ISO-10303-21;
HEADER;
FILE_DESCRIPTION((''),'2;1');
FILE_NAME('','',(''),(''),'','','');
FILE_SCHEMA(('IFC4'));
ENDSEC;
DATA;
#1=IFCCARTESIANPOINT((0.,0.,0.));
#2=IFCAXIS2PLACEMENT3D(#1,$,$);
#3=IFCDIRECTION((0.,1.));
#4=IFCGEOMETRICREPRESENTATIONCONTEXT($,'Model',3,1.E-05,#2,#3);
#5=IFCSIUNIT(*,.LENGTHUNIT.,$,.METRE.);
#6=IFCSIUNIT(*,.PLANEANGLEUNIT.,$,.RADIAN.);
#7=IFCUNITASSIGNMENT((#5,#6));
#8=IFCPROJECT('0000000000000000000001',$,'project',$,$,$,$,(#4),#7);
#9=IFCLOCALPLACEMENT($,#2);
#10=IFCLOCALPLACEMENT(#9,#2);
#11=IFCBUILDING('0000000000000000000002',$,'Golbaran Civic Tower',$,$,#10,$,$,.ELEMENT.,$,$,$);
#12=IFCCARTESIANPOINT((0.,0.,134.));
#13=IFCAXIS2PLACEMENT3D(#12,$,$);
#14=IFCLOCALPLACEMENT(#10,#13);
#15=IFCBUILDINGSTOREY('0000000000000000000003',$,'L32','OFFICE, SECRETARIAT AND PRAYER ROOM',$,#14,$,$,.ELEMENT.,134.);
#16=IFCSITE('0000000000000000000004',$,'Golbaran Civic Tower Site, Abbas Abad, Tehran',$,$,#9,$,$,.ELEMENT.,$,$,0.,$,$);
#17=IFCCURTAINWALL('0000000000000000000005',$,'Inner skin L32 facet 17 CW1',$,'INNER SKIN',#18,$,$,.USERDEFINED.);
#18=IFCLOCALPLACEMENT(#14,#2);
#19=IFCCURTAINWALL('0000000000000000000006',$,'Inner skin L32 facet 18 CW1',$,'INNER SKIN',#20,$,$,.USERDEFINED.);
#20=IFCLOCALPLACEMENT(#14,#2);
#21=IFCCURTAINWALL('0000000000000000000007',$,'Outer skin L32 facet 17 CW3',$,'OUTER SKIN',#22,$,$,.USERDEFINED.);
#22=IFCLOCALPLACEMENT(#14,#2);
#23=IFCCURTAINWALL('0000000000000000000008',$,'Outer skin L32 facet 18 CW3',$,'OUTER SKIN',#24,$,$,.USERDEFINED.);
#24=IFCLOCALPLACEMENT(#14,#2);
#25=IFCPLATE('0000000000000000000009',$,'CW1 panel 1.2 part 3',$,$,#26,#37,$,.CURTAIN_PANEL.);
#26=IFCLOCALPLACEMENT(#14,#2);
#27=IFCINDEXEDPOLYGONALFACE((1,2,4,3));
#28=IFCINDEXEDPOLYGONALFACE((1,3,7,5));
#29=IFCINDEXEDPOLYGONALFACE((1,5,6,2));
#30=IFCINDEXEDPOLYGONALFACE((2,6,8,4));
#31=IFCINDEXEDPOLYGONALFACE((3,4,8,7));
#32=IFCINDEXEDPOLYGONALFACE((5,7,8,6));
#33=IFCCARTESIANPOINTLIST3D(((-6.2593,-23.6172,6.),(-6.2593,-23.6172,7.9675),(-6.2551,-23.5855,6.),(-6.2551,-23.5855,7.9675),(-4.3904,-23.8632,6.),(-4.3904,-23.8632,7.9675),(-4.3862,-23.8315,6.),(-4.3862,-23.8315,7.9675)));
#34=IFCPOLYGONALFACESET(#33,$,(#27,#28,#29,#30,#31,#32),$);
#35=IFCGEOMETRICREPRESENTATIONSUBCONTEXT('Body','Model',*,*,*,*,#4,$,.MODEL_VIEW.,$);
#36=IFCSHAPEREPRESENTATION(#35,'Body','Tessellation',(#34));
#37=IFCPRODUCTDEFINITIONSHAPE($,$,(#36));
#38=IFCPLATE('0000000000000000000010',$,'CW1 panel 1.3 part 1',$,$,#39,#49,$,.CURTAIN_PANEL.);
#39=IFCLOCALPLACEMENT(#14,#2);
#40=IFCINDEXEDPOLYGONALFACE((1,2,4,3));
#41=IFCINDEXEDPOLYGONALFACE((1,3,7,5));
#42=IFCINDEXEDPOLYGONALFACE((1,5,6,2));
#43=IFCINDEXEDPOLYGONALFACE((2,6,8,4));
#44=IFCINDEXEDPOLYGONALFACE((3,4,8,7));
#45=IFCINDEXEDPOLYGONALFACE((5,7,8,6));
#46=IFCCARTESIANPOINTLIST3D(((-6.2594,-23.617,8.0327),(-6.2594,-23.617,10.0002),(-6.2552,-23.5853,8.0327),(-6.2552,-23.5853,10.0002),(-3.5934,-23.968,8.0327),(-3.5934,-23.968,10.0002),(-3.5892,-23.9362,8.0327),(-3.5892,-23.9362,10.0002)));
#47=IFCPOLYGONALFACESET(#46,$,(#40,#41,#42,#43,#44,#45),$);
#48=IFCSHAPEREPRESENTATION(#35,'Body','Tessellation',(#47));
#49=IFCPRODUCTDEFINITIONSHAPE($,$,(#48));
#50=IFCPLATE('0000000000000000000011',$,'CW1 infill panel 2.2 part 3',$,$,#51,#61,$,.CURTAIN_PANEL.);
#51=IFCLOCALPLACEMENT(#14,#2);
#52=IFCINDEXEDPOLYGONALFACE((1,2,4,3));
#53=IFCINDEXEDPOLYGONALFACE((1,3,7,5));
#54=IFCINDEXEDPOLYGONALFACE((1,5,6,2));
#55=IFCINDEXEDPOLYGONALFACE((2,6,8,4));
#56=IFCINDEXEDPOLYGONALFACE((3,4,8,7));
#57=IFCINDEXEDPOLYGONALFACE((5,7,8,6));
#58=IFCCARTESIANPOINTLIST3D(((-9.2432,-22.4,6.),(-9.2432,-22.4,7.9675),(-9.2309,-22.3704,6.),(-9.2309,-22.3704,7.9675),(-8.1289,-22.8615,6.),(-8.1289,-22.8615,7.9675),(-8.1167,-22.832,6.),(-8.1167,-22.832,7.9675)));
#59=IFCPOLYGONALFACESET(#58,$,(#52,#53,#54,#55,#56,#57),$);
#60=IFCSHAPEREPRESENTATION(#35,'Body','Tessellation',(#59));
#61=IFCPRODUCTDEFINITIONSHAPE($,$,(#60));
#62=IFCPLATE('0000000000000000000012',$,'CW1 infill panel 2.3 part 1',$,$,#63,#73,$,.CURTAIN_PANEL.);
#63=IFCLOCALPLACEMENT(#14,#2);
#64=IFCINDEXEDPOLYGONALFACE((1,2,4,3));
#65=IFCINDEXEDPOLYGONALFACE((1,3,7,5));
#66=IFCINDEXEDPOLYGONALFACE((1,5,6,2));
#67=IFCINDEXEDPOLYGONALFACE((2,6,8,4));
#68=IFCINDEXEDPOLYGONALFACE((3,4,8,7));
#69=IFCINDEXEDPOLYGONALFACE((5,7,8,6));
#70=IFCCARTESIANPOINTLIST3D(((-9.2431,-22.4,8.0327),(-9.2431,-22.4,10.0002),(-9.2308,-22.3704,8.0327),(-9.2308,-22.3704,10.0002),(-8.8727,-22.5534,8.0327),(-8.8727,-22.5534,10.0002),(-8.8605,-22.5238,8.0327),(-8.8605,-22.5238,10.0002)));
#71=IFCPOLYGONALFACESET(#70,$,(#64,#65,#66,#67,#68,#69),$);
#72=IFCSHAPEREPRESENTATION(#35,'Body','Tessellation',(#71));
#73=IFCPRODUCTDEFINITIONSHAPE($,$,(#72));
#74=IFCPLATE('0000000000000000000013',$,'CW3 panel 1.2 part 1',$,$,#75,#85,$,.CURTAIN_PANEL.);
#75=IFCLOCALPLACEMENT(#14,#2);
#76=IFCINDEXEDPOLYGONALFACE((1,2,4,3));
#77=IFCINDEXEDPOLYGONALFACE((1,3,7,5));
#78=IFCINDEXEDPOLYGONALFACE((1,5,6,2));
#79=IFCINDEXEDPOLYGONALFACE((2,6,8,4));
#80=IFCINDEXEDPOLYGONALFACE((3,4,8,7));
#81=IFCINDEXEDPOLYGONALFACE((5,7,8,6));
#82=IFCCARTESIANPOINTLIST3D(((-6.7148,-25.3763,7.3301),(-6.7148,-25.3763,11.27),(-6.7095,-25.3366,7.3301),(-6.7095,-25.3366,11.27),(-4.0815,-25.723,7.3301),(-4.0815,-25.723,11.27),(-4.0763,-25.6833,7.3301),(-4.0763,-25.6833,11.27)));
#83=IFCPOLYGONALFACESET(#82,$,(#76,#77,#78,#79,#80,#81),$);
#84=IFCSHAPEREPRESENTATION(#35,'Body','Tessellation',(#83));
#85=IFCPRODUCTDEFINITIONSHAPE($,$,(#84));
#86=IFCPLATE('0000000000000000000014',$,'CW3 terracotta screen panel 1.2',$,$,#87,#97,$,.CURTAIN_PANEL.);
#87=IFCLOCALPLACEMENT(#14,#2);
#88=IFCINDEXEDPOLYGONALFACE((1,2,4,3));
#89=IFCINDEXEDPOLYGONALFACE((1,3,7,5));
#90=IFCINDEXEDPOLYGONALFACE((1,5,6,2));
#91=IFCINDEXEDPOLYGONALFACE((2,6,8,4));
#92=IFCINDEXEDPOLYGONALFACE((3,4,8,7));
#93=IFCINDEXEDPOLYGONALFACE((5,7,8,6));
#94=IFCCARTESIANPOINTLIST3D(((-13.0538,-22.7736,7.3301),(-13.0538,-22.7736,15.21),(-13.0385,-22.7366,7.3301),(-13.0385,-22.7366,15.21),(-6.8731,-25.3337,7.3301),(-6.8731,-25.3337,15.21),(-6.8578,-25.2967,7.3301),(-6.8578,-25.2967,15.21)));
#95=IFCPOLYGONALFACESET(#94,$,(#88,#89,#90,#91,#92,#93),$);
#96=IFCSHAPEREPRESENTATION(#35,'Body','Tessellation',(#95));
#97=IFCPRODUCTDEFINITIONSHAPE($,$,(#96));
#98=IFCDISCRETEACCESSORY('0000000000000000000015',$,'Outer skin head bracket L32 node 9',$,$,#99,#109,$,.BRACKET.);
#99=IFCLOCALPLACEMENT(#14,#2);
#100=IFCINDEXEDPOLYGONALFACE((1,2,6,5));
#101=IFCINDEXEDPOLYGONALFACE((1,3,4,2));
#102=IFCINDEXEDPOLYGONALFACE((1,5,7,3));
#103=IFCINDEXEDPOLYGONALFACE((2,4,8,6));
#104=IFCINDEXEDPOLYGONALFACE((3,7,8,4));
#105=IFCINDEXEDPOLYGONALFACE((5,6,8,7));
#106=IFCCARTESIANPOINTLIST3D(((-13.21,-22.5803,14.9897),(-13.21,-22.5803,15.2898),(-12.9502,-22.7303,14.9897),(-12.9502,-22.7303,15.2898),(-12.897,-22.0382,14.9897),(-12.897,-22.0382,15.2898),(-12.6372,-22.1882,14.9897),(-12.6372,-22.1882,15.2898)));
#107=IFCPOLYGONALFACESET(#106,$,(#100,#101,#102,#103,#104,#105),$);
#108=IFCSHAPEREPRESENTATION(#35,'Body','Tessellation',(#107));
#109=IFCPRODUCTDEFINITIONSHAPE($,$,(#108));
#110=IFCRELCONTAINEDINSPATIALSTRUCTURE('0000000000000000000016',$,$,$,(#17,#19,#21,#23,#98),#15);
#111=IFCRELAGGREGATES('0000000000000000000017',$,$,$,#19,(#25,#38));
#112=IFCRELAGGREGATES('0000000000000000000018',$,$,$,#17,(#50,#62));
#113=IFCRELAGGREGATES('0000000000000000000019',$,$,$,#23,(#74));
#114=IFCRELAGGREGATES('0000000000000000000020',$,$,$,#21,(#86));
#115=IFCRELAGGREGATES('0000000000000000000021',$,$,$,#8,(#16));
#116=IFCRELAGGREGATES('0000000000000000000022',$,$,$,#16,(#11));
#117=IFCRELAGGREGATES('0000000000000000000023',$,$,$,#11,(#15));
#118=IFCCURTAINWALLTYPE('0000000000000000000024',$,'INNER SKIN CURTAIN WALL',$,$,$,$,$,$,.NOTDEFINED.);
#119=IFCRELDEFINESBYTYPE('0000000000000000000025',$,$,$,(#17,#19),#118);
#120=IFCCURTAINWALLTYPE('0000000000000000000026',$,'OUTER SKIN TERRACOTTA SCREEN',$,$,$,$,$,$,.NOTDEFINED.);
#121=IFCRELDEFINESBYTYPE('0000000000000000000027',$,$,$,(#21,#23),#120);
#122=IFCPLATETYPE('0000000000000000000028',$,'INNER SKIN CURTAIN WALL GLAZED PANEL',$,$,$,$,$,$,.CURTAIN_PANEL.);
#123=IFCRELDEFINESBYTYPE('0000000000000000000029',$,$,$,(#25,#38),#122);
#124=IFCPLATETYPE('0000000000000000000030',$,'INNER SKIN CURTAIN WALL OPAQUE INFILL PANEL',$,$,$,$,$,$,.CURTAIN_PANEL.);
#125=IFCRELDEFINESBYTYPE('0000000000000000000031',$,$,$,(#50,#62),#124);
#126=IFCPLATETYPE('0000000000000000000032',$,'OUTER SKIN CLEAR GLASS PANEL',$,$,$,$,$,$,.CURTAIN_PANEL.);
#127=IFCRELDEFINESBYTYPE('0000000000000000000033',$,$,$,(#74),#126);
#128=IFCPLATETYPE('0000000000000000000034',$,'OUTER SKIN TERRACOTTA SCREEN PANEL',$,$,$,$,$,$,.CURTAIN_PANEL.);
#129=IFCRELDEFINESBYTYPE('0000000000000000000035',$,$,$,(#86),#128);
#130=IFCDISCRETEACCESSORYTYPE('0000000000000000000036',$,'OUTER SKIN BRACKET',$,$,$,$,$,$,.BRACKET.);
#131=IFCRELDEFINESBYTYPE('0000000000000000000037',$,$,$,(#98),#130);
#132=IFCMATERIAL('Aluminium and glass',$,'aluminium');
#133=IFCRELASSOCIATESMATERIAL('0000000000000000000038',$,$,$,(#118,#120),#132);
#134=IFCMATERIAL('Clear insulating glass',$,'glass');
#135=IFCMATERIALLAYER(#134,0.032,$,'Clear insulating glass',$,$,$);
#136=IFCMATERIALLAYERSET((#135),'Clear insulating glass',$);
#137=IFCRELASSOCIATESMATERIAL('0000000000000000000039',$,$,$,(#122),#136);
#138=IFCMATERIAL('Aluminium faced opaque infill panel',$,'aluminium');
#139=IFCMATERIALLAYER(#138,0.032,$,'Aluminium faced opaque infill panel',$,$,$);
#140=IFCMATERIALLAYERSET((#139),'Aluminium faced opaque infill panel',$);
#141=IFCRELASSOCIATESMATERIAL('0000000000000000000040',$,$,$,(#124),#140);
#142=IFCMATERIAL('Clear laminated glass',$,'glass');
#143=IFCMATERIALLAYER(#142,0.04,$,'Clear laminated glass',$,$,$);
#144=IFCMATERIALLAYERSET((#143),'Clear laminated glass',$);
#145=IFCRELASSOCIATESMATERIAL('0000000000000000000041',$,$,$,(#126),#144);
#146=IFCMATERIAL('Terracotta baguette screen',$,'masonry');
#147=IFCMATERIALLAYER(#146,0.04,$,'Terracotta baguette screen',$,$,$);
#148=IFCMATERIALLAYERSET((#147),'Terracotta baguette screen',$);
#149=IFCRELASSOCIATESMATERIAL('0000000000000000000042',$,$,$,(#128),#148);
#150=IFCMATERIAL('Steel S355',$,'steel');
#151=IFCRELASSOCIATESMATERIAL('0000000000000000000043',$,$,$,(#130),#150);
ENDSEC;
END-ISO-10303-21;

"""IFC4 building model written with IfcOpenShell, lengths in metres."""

from ifc_helpers import new_model, si_unit, direction, frame, origin, origin_2d, place, context, subcontext, project, spatial, rectangle, extrude, material, layer, layer_set, type_object, element, aggregate, save


model = new_model("IFC4")

# Units and contexts
model_context = context("Model", 3, precision=1e-05, world=origin(), true_north=direction((0.0, 1.0)))
body_context = subcontext(model_context, "Body", "Model", "MODEL_VIEW")
ifc_project = project(units=[si_unit("LENGTHUNIT", "METRE"), si_unit("PLANEANGLEUNIT", "RADIAN")], contexts=[model_context])

# Site, building, storey
site_placement = place(None, origin())
site = spatial("IfcSite", under=ifc_project, at=site_placement, Name="Golbaran Civic Tower Site, Abbas Abad, Tehran", CompositionType="ELEMENT", RefElevation=0.0)
building_placement = place(site_placement, origin())
building = spatial("IfcBuilding", under=site, at=building_placement, Name="Golbaran Civic Tower", CompositionType="ELEMENT")
storey_placement = place(building_placement, frame((0.0, 0.0, 134.0)))
storey = spatial("IfcBuildingStorey", under=building, at=storey_placement, Name="L32", Description="OFFICE, SECRETARIAT AND PRAYER ROOM", CompositionType="ELEMENT", Elevation=134.0)

# Curtain walls
ifc_material_1 = material(Name="Aluminium and glass", Category="aluminium")
curtain_wall_type_1 = type_object("IfcCurtainWallType", Name="INNER SKIN CURTAIN WALL", PredefinedType="NOTDEFINED", material=ifc_material_1)
curtain_wall_1_placement = place(storey_placement, origin())
curtain_wall_1 = element("IfcCurtainWall", 1, at=curtain_wall_1_placement, inside=storey, type_object=curtain_wall_type_1, Name="Inner skin L32 facet 17 CW1", ObjectType="INNER SKIN", PredefinedType="USERDEFINED")
curtain_wall_2_placement = place(storey_placement, origin())
curtain_wall_2 = element("IfcCurtainWall", 2, at=curtain_wall_2_placement, inside=storey, type_object=curtain_wall_type_1, Name="Inner skin L32 facet 18 CW1", ObjectType="INNER SKIN", PredefinedType="USERDEFINED")
curtain_wall_type_2 = type_object("IfcCurtainWallType", Name="OUTER SKIN TERRACOTTA SCREEN", PredefinedType="NOTDEFINED", material=ifc_material_1)
curtain_wall_3_placement = place(storey_placement, origin())
curtain_wall_3 = element("IfcCurtainWall", 3, at=curtain_wall_3_placement, inside=storey, type_object=curtain_wall_type_2, Name="Outer skin L32 facet 17 CW3", ObjectType="OUTER SKIN", PredefinedType="USERDEFINED")
curtain_wall_4_placement = place(storey_placement, origin())
curtain_wall_4 = element("IfcCurtainWall", 4, at=curtain_wall_4_placement, inside=storey, type_object=curtain_wall_type_2, Name="Outer skin L32 facet 18 CW3", ObjectType="OUTER SKIN", PredefinedType="USERDEFINED")

# Plates
ifc_material_2 = material(Name="Clear insulating glass", Category="glass")
ifc_layer_1 = layer(ifc_material_2, 0.032, Name="Clear insulating glass")
ifc_layer_set_1 = layer_set([ifc_layer_1], Name="Clear insulating glass")
plate_type_1 = type_object("IfcPlateType", Name="INNER SKIN CURTAIN WALL GLAZED PANEL", PredefinedType="CURTAIN_PANEL", material=ifc_layer_set_1)
plate_1_placement = place(storey_placement, frame((-5.3228, -23.7244, 6.0), z_axis=(0.0, 0.0, 1.0), x_axis=(0.991445, -0.130526, 0.0)))
plate_1 = element("IfcPlate", 5, at=plate_1_placement, type_object=plate_type_1, Name="CW1 panel 1.2 part 3", PredefinedType="CURTAIN_PANEL", context=body_context, shape_type="SweptSolid", body=[
    extrude(rectangle(XDim=1.885, YDim=0.032, at=origin_2d()), origin(), (0.0, 0.0, 1.0), 1.9675),
])
plate_2_placement = place(storey_placement, frame((-4.9243, -23.7766, 8.0327), z_axis=(0.0, 0.0, 1.0), x_axis=(0.991445, -0.130526, 0.0)))
plate_2 = element("IfcPlate", 6, at=plate_2_placement, type_object=plate_type_1, Name="CW1 panel 1.3 part 1", PredefinedType="CURTAIN_PANEL", context=body_context, shape_type="SweptSolid", body=[
    extrude(rectangle(XDim=2.689, YDim=0.032, at=origin_2d()), origin(), (0.0, 0.0, 1.0), 1.9675),
])
aggregate(curtain_wall_2, [plate_1, plate_2])
ifc_material_3 = material(Name="Aluminium faced opaque infill panel", Category="aluminium")
ifc_layer_2 = layer(ifc_material_3, 0.032, Name="Aluminium faced opaque infill panel")
ifc_layer_set_2 = layer_set([ifc_layer_2], Name="Aluminium faced opaque infill panel")
plate_type_2 = type_object("IfcPlateType", Name="INNER SKIN CURTAIN WALL OPAQUE INFILL PANEL", PredefinedType="CURTAIN_PANEL", material=ifc_layer_set_2)
plate_3_placement = place(storey_placement, frame((-8.6799, -22.616, 6.0), z_axis=(0.0, 0.0, 1.0), x_axis=(0.92388, -0.382683, 0.0)))
plate_3 = element("IfcPlate", 7, at=plate_3_placement, type_object=plate_type_2, Name="CW1 infill panel 2.2 part 3", PredefinedType="CURTAIN_PANEL", context=body_context, shape_type="SweptSolid", body=[
    extrude(rectangle(XDim=1.2061, YDim=0.032, at=origin_2d()), origin(), (0.0, 0.0, 1.0), 1.9675),
])
plate_4_placement = place(storey_placement, frame((-9.0518, -22.4619, 8.0327), z_axis=(0.0, 0.0, 1.0), x_axis=(0.92388, -0.382683, 0.0)))
plate_4 = element("IfcPlate", 8, at=plate_4_placement, type_object=plate_type_2, Name="CW1 infill panel 2.3 part 1", PredefinedType="CURTAIN_PANEL", context=body_context, shape_type="SweptSolid", body=[
    extrude(rectangle(XDim=0.4009, YDim=0.032, at=origin_2d()), origin(), (0.0, 0.0, 1.0), 1.9675),
])
aggregate(curtain_wall_1, [plate_3, plate_4])
ifc_material_4 = material(Name="Clear laminated glass", Category="glass")
ifc_layer_3 = layer(ifc_material_4, 0.04, Name="Clear laminated glass")
ifc_layer_set_3 = layer_set([ifc_layer_3], Name="Clear laminated glass")
plate_type_3 = type_object("IfcPlateType", Name="OUTER SKIN CLEAR GLASS PANEL", PredefinedType="CURTAIN_PANEL", material=ifc_layer_set_3)
plate_5_placement = place(storey_placement, frame((-5.3955, -25.5298, 7.3301), z_axis=(0.0, 0.0, 1.0), x_axis=(0.991445, -0.130526, 0.0)))
plate_5 = element("IfcPlate", 9, at=plate_5_placement, type_object=plate_type_3, Name="CW3 panel 1.2 part 1", PredefinedType="CURTAIN_PANEL", context=body_context, shape_type="SweptSolid", body=[
    extrude(rectangle(XDim=2.656, YDim=0.04, at=origin_2d()), origin(), (0.0, 0.0, 1.0), 3.9399),
])
aggregate(curtain_wall_4, [plate_5])
ifc_material_5 = material(Name="Terracotta baguette screen", Category="masonry")
ifc_layer_4 = layer(ifc_material_5, 0.04, Name="Terracotta baguette screen")
ifc_layer_set_4 = layer_set([ifc_layer_4], Name="Terracotta baguette screen")
plate_type_4 = type_object("IfcPlateType", Name="OUTER SKIN TERRACOTTA SCREEN PANEL", PredefinedType="CURTAIN_PANEL", material=ifc_layer_set_4)
plate_6_placement = place(storey_placement, frame((-9.9558, -24.0352, 7.3301), z_axis=(0.0, 0.0, 1.0), x_axis=(0.92388, -0.382683, 0.0)))
plate_6 = element("IfcPlate", 10, at=plate_6_placement, type_object=plate_type_4, Name="CW3 terracotta screen panel 1.2", PredefinedType="CURTAIN_PANEL", context=body_context, shape_type="SweptSolid", body=[
    extrude(rectangle(XDim=6.6899, YDim=0.04, at=origin_2d()), origin(), (0.0, 0.0, 1.0), 7.8799),
])
aggregate(curtain_wall_3, [plate_6])

# Discrete accessory
ifc_material_6 = material(Name="Steel S355", Category="steel")
discrete_accessory_type = type_object("IfcDiscreteAccessoryType", Name="OUTER SKIN BRACKET", PredefinedType="BRACKET", material=ifc_material_6)
discrete_accessory_placement = place(storey_placement, frame((-12.9236, -22.3843, 14.9897), z_axis=(0.0, 0.0, 1.0), x_axis=(-0.5, -0.866025, 0.0)))
element("IfcDiscreteAccessory", 11, at=discrete_accessory_placement, inside=storey, type_object=discrete_accessory_type, Name="Outer skin head bracket L32 node 9", PredefinedType="BRACKET", context=body_context, shape_type="SweptSolid", body=[
    extrude(rectangle(XDim=0.626, YDim=0.3, at=origin_2d()), origin(), (0.0, 0.0, 1.0), 0.3),
])

save(model, "model.ifc")
